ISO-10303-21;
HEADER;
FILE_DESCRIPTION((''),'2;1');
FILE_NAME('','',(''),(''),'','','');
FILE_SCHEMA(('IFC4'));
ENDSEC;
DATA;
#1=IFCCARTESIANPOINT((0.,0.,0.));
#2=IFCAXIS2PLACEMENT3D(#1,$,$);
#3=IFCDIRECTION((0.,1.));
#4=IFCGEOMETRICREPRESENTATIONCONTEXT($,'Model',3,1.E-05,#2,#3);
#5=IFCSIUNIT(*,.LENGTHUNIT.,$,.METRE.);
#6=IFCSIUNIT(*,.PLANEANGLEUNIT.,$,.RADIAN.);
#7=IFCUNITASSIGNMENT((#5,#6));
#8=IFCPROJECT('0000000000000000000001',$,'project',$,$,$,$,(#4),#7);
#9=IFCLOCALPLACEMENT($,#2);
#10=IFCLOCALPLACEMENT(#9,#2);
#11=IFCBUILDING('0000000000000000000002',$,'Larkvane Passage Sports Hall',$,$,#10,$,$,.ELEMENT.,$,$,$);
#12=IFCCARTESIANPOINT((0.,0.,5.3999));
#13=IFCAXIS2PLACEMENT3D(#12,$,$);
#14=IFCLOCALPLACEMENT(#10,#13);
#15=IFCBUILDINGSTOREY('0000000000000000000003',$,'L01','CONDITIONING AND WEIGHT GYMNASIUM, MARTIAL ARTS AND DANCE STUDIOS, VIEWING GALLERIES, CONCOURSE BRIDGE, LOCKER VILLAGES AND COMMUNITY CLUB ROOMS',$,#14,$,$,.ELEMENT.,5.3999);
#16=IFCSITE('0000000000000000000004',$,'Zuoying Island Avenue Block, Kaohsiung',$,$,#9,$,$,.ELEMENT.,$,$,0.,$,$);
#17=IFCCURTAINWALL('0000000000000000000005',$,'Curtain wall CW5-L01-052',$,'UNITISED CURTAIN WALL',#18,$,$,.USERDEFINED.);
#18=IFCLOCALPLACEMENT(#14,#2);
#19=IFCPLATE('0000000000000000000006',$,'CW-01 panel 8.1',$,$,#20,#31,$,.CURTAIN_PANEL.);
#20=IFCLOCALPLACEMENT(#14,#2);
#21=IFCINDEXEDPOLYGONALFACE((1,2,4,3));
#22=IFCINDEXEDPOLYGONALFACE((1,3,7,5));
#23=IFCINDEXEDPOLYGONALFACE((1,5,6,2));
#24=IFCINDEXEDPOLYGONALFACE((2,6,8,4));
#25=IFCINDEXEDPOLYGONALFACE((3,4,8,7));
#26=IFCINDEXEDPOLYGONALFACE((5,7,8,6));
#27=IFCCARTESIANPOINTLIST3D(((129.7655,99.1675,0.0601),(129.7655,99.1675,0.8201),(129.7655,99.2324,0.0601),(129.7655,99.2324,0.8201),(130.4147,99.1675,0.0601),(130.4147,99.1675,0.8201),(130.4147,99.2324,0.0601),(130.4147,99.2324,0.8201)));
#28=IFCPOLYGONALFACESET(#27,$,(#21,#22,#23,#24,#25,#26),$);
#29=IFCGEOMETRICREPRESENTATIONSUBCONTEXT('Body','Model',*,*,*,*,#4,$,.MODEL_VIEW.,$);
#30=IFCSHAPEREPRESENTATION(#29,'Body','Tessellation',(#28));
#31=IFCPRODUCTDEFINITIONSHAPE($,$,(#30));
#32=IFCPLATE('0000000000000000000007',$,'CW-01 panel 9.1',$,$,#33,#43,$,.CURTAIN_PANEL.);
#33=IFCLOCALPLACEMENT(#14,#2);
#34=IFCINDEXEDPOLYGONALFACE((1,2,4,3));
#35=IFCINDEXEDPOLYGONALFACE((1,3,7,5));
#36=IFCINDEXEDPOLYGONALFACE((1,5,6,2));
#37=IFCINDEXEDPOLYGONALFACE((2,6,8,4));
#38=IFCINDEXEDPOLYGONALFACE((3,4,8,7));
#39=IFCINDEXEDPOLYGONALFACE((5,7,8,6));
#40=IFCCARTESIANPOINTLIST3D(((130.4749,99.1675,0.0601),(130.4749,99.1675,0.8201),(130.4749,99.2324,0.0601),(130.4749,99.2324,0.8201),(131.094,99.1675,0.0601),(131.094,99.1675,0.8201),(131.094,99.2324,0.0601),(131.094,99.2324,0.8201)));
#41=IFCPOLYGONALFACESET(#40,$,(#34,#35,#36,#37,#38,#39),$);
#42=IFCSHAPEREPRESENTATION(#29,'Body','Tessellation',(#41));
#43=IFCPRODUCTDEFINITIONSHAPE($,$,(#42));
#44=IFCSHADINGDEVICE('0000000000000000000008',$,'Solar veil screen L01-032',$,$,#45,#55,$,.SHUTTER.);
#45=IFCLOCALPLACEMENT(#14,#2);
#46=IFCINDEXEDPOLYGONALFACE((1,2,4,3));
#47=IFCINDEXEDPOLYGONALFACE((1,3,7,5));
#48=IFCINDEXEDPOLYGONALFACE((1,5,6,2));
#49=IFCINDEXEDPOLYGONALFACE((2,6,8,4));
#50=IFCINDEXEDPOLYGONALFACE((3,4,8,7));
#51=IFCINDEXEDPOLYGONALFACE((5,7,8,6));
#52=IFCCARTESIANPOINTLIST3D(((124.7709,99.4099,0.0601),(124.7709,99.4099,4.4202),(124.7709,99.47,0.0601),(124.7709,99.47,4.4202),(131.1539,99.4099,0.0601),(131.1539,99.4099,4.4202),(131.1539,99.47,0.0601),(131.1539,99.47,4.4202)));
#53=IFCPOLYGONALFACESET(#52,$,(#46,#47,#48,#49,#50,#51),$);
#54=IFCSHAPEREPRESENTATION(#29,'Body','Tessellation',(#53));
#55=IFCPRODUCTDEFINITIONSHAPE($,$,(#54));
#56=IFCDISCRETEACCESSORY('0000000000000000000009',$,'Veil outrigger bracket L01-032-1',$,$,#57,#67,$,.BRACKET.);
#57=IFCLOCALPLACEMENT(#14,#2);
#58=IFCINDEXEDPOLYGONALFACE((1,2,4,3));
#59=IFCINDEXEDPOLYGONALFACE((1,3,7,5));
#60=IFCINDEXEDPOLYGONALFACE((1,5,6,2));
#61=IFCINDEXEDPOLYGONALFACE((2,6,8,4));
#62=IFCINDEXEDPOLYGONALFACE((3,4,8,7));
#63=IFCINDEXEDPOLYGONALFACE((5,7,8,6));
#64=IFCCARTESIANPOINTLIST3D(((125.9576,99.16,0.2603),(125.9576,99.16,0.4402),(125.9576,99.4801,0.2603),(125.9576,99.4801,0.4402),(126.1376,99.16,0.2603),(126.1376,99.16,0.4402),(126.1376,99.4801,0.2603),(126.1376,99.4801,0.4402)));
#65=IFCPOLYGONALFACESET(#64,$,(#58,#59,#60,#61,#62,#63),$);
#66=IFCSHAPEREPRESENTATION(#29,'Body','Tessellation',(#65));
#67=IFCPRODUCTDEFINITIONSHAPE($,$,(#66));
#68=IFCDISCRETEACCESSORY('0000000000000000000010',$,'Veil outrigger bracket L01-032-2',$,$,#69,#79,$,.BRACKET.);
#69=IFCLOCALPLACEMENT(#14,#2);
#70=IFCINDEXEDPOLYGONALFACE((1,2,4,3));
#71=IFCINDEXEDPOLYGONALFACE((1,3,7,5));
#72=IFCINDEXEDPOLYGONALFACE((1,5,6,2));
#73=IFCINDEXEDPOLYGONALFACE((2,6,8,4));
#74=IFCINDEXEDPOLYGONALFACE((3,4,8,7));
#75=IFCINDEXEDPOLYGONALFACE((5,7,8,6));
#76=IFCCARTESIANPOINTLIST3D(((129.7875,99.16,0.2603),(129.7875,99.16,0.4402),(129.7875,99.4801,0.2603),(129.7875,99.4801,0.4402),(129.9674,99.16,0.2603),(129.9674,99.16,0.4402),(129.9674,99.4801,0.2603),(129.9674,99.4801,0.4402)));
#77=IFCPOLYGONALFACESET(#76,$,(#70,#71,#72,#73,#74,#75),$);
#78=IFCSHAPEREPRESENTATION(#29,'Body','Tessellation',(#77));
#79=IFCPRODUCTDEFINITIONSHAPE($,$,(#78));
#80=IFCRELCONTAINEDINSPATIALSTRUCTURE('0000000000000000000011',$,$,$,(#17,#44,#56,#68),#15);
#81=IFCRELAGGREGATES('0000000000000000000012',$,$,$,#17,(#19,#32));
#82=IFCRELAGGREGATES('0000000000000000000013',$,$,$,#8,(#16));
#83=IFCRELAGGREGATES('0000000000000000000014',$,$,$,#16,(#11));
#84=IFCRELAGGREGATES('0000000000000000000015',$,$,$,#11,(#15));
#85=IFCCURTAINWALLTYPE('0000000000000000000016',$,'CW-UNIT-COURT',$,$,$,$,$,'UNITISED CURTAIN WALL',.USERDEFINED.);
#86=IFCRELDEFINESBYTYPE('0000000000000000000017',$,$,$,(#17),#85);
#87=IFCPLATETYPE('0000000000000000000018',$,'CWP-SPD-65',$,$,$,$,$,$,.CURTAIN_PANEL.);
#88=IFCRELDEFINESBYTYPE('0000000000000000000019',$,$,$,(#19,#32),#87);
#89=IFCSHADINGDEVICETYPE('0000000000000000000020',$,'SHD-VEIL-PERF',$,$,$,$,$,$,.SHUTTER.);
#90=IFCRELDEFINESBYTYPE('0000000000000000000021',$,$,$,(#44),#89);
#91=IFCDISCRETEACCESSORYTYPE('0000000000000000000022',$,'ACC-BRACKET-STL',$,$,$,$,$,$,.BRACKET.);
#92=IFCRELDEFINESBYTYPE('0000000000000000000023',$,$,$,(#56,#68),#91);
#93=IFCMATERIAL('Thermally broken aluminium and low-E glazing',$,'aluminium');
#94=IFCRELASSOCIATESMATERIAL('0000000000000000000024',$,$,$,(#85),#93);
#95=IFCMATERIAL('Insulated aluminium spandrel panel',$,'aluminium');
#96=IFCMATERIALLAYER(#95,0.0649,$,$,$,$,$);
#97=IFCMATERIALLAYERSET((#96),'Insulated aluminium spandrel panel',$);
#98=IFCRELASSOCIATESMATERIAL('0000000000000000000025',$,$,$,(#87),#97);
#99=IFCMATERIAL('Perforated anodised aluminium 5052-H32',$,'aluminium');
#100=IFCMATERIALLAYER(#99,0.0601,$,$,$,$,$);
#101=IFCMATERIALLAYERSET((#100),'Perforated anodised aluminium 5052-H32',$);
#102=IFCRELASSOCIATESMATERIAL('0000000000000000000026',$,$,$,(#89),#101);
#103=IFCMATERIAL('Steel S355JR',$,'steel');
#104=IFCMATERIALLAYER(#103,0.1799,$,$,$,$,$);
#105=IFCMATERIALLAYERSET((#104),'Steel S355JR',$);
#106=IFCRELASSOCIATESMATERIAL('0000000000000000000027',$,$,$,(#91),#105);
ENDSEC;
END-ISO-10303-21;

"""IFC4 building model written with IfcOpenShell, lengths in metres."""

from ifc_helpers import new_model, si_unit, direction, frame, origin, origin_2d, place, context, subcontext, project, spatial, rectangle, extrude, material, layer, layer_set, type_object, element, aggregate, save


model = new_model("IFC4")

# Units and contexts
model_context = context("Model", 3, precision=1e-05, world=origin(), true_north=direction((0.0, 1.0)))
body_context = subcontext(model_context, "Body", "Model", "MODEL_VIEW")
ifc_project = project(units=[si_unit("LENGTHUNIT", "METRE"), si_unit("PLANEANGLEUNIT", "RADIAN")], contexts=[model_context])

# Site, building, storey
site_placement = place(None, origin())
site = spatial("IfcSite", under=ifc_project, at=site_placement, Name="Zuoying Island Avenue Block, Kaohsiung", CompositionType="ELEMENT", RefElevation=0.0)
building_placement = place(site_placement, origin())
building = spatial("IfcBuilding", under=site, at=building_placement, Name="Larkvane Passage Sports Hall", CompositionType="ELEMENT")
storey_placement = place(building_placement, frame((0.0, 0.0, 5.3999)))
storey = spatial("IfcBuildingStorey", under=building, at=storey_placement, Name="L01", Description="CONDITIONING AND WEIGHT GYMNASIUM, MARTIAL ARTS AND DANCE STUDIOS, VIEWING GALLERIES, CONCOURSE BRIDGE, LOCKER VILLAGES AND COMMUNITY CLUB ROOMS", CompositionType="ELEMENT", Elevation=5.3999)

# Curtain wall
ifc_material_1 = material(Name="Thermally broken aluminium and low-E glazing", Category="aluminium")
curtain_wall_type_1 = type_object("IfcCurtainWallType", Name="CW-UNIT-COURT", ElementType="UNITISED CURTAIN WALL", PredefinedType="USERDEFINED", material=ifc_material_1)
curtain_wall_1_placement = place(storey_placement, origin())
curtain_wall_1 = element("IfcCurtainWall", 1, at=curtain_wall_1_placement, inside=storey, type_object=curtain_wall_type_1, Name="Curtain wall CW5-L01-052", ObjectType="UNITISED CURTAIN WALL", PredefinedType="USERDEFINED")

# Plates
ifc_material_2 = material(Name="Insulated aluminium spandrel panel", Category="aluminium")
ifc_layer_1 = layer(ifc_material_2, 0.0649)
ifc_layer_set_1 = layer_set([ifc_layer_1], Name="Insulated aluminium spandrel panel")
plate_type = type_object("IfcPlateType", Name="CWP-SPD-65", PredefinedType="CURTAIN_PANEL", material=ifc_layer_set_1)
plate_1_placement = place(storey_placement, frame((130.0901, 99.2, 0.0601), z_axis=(0.0, 0.0, 1.0), x_axis=(1.0, 0.0, 0.0)))
plate_1 = element("IfcPlate", 2, at=plate_1_placement, type_object=plate_type, Name="CW-01 panel 8.1", PredefinedType="CURTAIN_PANEL", context=body_context, shape_type="SweptSolid", body=[
    extrude(rectangle(XDim=0.6492, YDim=0.0649, at=origin_2d()), origin(), (0.0, 0.0, 1.0), 0.76),
])
plate_2_placement = place(storey_placement, frame((130.7844, 99.2, 0.0601), z_axis=(0.0, 0.0, 1.0), x_axis=(1.0, 0.0, 0.0)))
plate_2 = element("IfcPlate", 3, at=plate_2_placement, type_object=plate_type, Name="CW-01 panel 9.1", PredefinedType="CURTAIN_PANEL", context=body_context, shape_type="SweptSolid", body=[
    extrude(rectangle(XDim=0.6191, YDim=0.0649, at=origin_2d()), origin(), (0.0, 0.0, 1.0), 0.76),
])
aggregate(curtain_wall_1, [plate_1, plate_2])

# Shading device
ifc_material_3 = material(Name="Perforated anodised aluminium 5052-H32", Category="aluminium")
ifc_layer_2 = layer(ifc_material_3, 0.0601)
ifc_layer_set_2 = layer_set([ifc_layer_2], Name="Perforated anodised aluminium 5052-H32")
shading_device_type = type_object("IfcShadingDeviceType", Name="SHD-VEIL-PERF", PredefinedType="SHUTTER", material=ifc_layer_set_2)
shading_device_placement = place(storey_placement, frame((127.9624, 99.4399, 0.0601), z_axis=(0.0, 0.0, 1.0), x_axis=(1.0, 0.0, 0.0)))
element("IfcShadingDevice", 4, at=shading_device_placement, inside=storey, type_object=shading_device_type, Name="Solar veil screen L01-032", PredefinedType="SHUTTER", context=body_context, shape_type="SweptSolid", body=[
    extrude(rectangle(XDim=6.3831, YDim=0.0601, at=origin_2d()), origin(), (0.0, 0.0, 1.0), 4.3601),
])

# Discrete accessories
ifc_material_4 = material(Name="Steel S355JR", Category="steel")
ifc_layer_3 = layer(ifc_material_4, 0.1799)
ifc_layer_set_3 = layer_set([ifc_layer_3], Name="Steel S355JR")
discrete_accessory_type = type_object("IfcDiscreteAccessoryType", Name="ACC-BRACKET-STL", PredefinedType="BRACKET", material=ifc_layer_set_3)
for number, where, z_axis, x_axis, name in (
    (5, (126.0476, 99.3201, 0.2603), (0.0, 0.0, 1.0), (1.0, 0.0, 0.0), "Veil outrigger bracket L01-032-1"),
    (6, (129.8774, 99.3201, 0.2603), (0.0, 0.0, 1.0), (1.0, 0.0, 0.0), "Veil outrigger bracket L01-032-2"),
):
    element("IfcDiscreteAccessory", number, at=place(storey_placement, frame(where, z_axis=z_axis, x_axis=x_axis)), inside=storey, type_object=discrete_accessory_type, Name=name, PredefinedType="BRACKET", context=body_context, shape_type="SweptSolid", body=[
        extrude(rectangle(XDim=0.1799, YDim=0.3201, at=origin_2d()), origin(), (0.0, 0.0, 1.0), 0.1799),
    ])

save(model, "model.ifc")
